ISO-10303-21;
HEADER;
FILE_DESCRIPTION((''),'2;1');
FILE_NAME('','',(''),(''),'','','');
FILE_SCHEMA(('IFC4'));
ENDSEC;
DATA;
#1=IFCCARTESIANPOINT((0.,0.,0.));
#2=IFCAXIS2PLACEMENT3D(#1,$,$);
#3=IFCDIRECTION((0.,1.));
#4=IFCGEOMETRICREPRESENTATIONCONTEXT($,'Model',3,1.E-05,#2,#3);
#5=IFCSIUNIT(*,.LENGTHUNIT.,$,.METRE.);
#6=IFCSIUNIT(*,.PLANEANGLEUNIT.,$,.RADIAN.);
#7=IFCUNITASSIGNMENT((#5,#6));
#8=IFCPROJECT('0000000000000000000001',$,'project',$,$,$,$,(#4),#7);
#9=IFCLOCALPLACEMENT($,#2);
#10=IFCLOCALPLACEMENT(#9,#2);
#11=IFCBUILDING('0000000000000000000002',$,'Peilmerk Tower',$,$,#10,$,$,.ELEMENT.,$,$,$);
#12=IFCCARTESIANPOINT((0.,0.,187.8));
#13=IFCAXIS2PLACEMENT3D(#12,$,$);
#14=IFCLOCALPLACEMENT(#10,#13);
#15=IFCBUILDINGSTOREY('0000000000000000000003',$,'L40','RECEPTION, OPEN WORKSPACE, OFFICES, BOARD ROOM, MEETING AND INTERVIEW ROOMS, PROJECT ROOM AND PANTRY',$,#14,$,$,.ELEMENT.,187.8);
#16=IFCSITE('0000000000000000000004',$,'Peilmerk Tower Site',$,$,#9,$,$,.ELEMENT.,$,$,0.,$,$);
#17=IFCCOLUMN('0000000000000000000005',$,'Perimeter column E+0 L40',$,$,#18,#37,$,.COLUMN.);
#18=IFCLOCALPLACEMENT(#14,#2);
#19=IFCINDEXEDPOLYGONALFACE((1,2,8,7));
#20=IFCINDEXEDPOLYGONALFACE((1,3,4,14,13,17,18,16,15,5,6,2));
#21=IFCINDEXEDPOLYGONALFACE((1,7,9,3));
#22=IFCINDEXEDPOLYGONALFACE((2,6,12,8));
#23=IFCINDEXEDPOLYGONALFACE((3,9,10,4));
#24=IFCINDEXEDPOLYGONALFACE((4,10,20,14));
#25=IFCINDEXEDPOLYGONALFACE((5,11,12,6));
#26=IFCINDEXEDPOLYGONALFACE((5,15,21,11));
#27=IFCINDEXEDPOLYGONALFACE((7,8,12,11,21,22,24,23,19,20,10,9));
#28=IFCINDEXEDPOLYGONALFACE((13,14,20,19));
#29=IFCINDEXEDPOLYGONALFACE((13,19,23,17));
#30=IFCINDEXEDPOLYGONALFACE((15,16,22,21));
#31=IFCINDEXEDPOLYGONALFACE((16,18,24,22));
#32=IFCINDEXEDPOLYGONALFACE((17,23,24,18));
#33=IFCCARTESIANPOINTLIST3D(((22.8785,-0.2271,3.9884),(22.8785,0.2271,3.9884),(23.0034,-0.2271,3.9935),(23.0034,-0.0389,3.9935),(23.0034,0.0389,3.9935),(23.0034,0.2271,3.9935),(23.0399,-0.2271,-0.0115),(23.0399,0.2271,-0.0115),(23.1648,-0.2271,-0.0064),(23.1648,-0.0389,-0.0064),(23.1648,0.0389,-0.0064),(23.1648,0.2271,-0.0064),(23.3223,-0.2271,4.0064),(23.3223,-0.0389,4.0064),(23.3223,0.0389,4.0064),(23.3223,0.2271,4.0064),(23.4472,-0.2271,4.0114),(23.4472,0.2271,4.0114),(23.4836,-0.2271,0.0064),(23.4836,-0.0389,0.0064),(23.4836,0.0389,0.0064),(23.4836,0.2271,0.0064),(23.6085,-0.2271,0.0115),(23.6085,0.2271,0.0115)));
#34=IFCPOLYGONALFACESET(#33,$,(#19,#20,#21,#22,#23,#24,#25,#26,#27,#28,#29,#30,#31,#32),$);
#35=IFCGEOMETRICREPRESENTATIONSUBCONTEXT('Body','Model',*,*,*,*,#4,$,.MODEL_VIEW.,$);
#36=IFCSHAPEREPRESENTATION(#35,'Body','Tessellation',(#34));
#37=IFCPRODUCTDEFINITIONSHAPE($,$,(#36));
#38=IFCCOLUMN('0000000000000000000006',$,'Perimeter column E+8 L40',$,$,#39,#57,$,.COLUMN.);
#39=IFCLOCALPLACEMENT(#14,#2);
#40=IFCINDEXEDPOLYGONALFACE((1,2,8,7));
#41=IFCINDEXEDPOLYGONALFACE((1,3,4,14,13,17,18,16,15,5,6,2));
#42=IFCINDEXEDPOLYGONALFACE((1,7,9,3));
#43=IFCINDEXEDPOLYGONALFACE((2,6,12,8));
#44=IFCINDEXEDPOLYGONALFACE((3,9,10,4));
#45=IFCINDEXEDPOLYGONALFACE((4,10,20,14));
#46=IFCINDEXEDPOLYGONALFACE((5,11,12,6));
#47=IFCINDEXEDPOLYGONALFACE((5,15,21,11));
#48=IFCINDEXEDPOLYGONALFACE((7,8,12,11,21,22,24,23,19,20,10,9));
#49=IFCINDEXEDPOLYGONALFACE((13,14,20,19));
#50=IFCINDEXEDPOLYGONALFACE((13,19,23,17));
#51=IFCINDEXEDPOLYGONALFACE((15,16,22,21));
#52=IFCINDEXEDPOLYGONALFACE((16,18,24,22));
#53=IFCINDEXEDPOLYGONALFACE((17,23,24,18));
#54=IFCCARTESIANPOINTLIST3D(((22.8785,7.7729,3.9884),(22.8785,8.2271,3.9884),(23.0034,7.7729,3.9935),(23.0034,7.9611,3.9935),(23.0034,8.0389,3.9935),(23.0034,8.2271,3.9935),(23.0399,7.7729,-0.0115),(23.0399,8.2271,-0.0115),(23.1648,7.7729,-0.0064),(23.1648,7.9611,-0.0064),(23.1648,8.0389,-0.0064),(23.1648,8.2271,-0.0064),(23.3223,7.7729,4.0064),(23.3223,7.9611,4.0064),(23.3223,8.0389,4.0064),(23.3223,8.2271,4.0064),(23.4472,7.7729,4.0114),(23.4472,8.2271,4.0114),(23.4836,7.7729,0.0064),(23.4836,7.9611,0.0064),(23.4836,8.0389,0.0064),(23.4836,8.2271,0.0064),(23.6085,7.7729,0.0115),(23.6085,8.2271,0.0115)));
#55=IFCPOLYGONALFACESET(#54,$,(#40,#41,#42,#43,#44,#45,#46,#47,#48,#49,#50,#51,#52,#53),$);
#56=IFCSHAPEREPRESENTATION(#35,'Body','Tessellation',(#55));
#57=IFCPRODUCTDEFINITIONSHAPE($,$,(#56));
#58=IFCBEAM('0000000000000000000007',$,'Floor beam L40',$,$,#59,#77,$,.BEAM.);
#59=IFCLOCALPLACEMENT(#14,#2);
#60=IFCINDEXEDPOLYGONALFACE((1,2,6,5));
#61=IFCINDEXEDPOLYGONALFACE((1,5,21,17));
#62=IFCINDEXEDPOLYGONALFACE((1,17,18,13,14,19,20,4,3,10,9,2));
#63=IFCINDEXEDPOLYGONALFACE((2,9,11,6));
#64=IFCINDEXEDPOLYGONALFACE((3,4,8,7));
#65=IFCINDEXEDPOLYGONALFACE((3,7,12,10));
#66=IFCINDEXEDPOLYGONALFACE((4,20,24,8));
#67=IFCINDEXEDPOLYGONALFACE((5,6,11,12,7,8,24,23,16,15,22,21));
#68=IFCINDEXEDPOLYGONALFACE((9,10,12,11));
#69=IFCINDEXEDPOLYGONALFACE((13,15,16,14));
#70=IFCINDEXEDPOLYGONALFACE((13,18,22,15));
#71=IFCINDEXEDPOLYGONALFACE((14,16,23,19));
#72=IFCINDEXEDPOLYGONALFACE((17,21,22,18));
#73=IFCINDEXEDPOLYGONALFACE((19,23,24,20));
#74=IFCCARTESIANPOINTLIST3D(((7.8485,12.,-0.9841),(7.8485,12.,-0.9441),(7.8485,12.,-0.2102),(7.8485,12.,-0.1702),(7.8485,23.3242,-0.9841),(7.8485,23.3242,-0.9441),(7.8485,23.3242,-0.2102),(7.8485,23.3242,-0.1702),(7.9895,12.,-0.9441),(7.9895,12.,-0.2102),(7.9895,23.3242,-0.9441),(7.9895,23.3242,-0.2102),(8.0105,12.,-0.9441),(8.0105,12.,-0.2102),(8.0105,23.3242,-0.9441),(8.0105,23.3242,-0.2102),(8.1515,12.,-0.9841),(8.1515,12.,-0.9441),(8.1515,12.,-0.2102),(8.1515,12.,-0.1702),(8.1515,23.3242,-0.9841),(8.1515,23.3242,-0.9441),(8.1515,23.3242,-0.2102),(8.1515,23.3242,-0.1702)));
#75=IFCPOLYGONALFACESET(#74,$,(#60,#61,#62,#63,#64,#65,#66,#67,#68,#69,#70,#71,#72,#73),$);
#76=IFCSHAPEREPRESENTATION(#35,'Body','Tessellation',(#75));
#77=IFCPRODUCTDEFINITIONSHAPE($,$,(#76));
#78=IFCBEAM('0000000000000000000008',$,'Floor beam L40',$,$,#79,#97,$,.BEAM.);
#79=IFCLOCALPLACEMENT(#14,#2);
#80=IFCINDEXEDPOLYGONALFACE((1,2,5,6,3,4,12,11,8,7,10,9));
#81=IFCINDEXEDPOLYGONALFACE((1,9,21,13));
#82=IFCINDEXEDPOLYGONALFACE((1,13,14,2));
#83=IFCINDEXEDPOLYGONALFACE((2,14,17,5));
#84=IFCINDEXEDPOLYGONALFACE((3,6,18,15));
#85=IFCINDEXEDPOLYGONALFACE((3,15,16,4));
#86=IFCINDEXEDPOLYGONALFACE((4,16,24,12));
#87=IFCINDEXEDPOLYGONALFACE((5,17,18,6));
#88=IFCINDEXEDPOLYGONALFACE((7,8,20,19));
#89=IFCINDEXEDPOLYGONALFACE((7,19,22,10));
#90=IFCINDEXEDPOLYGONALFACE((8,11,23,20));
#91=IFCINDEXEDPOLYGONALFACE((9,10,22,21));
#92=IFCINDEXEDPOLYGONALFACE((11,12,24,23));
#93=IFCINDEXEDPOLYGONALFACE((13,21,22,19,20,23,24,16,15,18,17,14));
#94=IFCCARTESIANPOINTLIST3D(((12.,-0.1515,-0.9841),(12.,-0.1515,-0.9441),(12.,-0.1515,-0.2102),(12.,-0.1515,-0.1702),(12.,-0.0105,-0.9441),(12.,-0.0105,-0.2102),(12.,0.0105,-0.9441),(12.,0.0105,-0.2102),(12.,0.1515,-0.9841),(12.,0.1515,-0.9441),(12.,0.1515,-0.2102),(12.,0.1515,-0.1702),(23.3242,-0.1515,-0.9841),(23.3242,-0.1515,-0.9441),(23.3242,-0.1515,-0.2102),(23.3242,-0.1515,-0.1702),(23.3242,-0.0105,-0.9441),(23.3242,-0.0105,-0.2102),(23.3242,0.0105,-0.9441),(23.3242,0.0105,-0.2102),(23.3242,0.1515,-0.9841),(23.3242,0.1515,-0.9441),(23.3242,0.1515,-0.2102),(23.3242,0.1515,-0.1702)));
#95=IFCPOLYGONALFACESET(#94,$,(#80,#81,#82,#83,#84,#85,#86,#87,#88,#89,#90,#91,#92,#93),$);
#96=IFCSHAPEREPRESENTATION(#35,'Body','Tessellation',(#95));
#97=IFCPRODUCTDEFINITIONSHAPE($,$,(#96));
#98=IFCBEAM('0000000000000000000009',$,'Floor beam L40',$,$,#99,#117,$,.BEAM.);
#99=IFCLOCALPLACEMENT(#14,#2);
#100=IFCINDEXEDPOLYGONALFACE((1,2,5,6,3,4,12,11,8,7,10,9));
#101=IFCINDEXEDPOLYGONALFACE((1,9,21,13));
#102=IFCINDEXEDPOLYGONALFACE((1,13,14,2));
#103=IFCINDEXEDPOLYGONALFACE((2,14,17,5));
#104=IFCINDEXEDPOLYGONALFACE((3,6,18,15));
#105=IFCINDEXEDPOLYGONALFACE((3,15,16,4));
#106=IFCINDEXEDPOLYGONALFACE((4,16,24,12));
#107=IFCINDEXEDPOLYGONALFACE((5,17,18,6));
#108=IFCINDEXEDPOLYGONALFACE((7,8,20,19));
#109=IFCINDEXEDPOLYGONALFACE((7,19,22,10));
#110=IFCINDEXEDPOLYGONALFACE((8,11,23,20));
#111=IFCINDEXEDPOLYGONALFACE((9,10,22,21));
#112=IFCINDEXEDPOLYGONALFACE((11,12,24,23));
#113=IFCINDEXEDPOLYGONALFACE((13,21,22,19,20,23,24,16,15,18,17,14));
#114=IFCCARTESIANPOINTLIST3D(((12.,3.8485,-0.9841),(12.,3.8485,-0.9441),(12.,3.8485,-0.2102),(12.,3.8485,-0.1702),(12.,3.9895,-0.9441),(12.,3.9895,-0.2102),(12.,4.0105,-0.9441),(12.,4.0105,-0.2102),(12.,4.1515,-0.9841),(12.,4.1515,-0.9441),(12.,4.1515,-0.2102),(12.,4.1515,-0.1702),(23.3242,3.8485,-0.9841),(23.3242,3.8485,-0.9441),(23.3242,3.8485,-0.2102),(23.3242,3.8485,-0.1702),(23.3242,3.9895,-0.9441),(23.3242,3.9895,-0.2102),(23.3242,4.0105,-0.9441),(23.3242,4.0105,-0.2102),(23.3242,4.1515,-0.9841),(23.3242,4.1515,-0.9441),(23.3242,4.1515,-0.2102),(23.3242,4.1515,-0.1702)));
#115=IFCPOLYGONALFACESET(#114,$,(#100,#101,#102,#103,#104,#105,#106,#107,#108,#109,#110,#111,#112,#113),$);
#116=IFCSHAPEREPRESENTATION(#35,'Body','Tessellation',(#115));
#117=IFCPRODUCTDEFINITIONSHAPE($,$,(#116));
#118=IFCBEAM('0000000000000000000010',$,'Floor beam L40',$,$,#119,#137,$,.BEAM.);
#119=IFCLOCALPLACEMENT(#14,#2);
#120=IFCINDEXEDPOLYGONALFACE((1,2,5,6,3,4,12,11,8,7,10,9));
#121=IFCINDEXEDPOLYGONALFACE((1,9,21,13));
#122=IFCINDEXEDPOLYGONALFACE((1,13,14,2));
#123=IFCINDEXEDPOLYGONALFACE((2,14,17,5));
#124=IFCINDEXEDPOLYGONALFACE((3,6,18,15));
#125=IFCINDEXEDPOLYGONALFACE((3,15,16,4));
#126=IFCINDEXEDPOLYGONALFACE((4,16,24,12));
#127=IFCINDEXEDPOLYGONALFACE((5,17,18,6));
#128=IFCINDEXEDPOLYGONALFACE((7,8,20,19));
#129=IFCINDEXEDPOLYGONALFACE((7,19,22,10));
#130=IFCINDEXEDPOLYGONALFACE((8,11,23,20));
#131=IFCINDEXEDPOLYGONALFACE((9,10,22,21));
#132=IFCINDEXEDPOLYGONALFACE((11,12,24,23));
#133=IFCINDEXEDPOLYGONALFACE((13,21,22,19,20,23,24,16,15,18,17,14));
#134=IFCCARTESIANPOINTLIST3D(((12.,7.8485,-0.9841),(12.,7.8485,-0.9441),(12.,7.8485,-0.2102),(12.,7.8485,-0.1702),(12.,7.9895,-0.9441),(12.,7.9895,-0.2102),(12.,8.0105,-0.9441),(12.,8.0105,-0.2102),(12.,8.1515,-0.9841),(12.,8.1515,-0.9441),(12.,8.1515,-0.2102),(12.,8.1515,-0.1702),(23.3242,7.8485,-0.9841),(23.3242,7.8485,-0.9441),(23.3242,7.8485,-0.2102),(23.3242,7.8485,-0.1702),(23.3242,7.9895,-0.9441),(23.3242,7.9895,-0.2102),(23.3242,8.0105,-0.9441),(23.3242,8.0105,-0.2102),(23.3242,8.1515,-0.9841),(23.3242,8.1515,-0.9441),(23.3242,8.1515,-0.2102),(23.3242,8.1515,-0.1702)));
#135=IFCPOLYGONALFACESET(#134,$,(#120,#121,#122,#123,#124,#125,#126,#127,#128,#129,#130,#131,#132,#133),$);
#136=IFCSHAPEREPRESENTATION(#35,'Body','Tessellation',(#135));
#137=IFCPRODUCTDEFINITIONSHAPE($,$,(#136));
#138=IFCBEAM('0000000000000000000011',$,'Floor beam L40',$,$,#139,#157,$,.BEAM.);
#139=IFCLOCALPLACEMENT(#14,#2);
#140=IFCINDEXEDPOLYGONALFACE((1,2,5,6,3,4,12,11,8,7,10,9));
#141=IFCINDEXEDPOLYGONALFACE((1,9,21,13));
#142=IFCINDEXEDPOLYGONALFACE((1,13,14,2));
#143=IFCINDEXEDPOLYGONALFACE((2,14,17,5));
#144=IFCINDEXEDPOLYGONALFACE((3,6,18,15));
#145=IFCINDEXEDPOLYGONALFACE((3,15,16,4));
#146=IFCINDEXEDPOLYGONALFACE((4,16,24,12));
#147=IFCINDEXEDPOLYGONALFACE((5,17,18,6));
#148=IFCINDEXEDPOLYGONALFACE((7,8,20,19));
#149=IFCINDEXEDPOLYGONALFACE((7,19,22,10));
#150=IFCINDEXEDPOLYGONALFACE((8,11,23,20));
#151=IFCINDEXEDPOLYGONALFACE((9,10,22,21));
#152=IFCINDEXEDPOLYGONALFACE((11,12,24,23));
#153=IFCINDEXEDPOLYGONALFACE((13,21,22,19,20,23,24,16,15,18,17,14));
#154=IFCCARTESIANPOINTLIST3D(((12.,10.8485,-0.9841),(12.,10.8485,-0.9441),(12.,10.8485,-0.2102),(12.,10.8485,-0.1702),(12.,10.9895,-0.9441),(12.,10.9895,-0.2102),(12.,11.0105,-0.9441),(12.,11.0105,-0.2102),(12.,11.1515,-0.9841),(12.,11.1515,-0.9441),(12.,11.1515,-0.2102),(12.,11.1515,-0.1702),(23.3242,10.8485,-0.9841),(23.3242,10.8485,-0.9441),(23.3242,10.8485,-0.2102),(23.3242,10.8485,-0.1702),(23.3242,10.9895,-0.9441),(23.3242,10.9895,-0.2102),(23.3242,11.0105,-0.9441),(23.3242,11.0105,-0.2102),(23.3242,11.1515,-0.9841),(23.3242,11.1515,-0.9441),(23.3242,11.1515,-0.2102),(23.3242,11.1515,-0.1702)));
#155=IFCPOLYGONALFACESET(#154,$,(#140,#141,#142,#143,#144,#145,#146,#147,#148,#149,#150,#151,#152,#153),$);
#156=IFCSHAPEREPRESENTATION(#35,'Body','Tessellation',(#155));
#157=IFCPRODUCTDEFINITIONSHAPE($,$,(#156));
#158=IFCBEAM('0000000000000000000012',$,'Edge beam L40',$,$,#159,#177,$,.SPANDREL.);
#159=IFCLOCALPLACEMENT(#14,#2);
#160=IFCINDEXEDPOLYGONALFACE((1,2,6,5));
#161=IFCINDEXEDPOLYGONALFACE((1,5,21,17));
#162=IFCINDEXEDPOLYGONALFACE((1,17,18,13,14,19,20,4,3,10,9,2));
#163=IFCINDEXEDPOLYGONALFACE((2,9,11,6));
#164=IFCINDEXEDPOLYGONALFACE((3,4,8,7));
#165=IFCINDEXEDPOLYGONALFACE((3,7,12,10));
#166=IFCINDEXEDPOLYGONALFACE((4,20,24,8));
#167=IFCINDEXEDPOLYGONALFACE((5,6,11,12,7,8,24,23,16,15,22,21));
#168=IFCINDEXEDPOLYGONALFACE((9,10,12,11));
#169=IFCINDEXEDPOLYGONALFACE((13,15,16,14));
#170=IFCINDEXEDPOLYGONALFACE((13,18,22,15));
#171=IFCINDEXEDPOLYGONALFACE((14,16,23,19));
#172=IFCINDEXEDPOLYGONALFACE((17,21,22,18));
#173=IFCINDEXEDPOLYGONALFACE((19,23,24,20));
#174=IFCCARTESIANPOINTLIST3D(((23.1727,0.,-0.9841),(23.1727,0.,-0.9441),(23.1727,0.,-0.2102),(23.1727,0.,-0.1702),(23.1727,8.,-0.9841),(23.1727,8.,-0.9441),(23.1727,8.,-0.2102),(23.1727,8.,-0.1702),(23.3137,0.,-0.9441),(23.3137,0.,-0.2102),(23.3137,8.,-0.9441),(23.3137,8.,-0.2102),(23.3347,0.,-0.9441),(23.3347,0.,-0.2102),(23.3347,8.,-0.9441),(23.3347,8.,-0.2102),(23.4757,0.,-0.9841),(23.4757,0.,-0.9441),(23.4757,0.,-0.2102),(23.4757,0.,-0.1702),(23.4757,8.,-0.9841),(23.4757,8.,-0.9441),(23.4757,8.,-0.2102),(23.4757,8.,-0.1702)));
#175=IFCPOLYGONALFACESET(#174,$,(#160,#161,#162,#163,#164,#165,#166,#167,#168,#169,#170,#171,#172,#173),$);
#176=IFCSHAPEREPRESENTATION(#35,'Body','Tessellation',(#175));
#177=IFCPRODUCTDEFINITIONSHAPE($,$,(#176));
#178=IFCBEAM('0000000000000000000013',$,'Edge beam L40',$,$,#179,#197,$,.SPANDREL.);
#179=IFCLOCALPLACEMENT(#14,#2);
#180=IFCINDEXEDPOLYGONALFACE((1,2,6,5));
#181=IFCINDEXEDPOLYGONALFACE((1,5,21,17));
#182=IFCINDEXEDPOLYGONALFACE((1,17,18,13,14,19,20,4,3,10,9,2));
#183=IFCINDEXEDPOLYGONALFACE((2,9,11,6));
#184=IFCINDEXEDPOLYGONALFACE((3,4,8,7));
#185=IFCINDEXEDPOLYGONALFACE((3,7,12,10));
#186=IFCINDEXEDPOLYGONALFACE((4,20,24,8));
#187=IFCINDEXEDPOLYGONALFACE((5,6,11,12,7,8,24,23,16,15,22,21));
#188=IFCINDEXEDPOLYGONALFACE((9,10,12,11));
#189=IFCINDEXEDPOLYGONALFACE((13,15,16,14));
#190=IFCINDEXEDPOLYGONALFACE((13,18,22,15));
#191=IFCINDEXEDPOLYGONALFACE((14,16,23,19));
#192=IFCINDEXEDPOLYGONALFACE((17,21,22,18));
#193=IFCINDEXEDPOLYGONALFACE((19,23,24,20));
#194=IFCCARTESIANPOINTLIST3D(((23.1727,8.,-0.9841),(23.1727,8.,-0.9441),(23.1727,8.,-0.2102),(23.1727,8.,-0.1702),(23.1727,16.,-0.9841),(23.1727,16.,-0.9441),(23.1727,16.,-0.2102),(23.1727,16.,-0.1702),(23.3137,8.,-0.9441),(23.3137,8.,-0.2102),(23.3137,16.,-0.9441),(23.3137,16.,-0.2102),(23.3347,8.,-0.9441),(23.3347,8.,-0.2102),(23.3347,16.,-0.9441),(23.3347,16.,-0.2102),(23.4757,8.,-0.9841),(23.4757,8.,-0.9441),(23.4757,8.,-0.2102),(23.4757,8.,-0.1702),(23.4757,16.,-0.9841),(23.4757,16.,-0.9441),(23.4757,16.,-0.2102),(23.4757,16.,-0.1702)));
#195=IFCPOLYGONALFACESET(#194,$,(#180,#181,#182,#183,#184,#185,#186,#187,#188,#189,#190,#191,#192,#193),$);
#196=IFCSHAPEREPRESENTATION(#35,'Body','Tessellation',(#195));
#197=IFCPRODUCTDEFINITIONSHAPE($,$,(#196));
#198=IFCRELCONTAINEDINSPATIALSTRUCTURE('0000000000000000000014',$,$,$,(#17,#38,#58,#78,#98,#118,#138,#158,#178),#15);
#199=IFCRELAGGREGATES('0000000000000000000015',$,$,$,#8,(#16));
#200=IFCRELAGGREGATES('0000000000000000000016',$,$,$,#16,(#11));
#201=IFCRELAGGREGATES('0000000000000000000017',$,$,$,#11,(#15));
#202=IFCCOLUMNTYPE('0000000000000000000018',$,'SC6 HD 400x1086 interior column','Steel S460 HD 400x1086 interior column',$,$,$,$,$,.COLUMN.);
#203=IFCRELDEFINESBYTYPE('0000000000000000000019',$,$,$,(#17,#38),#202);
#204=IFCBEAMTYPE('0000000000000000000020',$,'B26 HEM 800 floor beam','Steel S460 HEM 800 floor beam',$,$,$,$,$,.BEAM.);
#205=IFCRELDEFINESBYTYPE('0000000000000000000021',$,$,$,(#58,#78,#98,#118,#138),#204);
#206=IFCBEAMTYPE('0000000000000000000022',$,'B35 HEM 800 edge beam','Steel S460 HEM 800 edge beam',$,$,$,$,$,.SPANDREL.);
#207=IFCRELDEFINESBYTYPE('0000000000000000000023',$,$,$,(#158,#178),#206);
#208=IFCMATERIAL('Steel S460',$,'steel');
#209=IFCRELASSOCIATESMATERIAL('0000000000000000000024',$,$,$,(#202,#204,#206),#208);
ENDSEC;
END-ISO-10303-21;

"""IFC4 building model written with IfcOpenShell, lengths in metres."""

from ifc_helpers import new_model, si_unit, direction, frame, origin, origin_2d, place, context, subcontext, project, spatial, i_section, extrude, material, material_profile, profile_set, type_object, element, save


model = new_model("IFC4")

# Units and contexts
model_context = context("Model", 3, precision=1e-05, world=origin(), true_north=direction((0.0, 1.0)))
body_context = subcontext(model_context, "Body", "Model", "MODEL_VIEW")
ifc_project = project(units=[si_unit("LENGTHUNIT", "METRE"), si_unit("PLANEANGLEUNIT", "RADIAN")], contexts=[model_context])

# Site, building, storey
site_placement = place(None, origin())
site = spatial("IfcSite", under=ifc_project, at=site_placement, Name="Peilmerk Tower Site", CompositionType="ELEMENT", RefElevation=0.0)
building_placement = place(site_placement, origin())
building = spatial("IfcBuilding", under=site, at=building_placement, Name="Peilmerk Tower", CompositionType="ELEMENT")
storey_placement = place(building_placement, frame((0.0, 0.0, 187.8)))
storey = spatial("IfcBuildingStorey", under=building, at=storey_placement, Name="L40", Description="RECEPTION, OPEN WORKSPACE, OFFICES, BOARD ROOM, MEETING AND INTERVIEW ROOMS, PROJECT ROOM AND PANTRY", CompositionType="ELEMENT", Elevation=187.8)

# Columns
ifc_material_1 = material(Name="Steel S460", Category="steel")
ifc_material_profile_1 = material_profile(ifc_material_1, i_section(OverallWidth=0.4541, OverallDepth=0.5691, WebThickness=0.0779, FlangeThickness=0.125, at=origin_2d()), Name="HD 400x1086")
ifc_profile_set_1 = profile_set([ifc_material_profile_1], Name="Steel S460")
column_type = type_object("IfcColumnType", Name="SC6 HD 400x1086 interior column", Description="Steel S460 HD 400x1086 interior column", PredefinedType="COLUMN", material=ifc_profile_set_1)
for number, where, z_axis, x_axis, name in (
    (1, (23.3242, 0.0, 0.0), (-0.040311, 0.0, 0.999187), (0.0, -1.0, 0.0), "Perimeter column E+0 L40"),
    (2, (23.3242, 8.0, 0.0), (-0.040311, 0.0, 0.999187), (0.0, -1.0, 0.0), "Perimeter column E+8 L40"),
):
    element("IfcColumn", number, at=place(storey_placement, frame(where, z_axis=z_axis, x_axis=x_axis)), inside=storey, type_object=column_type, Name=name, PredefinedType="COLUMN", context=body_context, shape_type="SweptSolid", body=[
        extrude(i_section(OverallWidth=0.4541, OverallDepth=0.5691, WebThickness=0.0779, FlangeThickness=0.125, at=origin_2d()), origin(), (0.0, 0.0, 1.0), 4.0032),
    ])

# Beams
ifc_material_profile_2 = material_profile(ifc_material_1, i_section(OverallWidth=0.303, OverallDepth=0.814, WebThickness=0.021, FlangeThickness=0.04, at=origin_2d()), Name="HEM 800")
ifc_profile_set_2 = profile_set([ifc_material_profile_2], Name="Steel S460")
beam_type_1 = type_object("IfcBeamType", Name="B26 HEM 800 floor beam", Description="Steel S460 HEM 800 floor beam", PredefinedType="BEAM", material=ifc_profile_set_2)
for number, where, z_axis, x_axis, name in (
    (3, (8.0, 12.0, -0.5771), (0.0, 1.0, 0.0), (-1.0, 0.0, 0.0), "Floor beam L40"),
    (4, (12.0, 0.0, -0.5771), (1.0, 0.0, 0.0), (0.0, 1.0, 0.0), "Floor beam L40"),
    (5, (12.0, 4.0, -0.5771), (1.0, 0.0, 0.0), (0.0, 1.0, 0.0), "Floor beam L40"),
    (6, (12.0, 8.0, -0.5771), (1.0, 0.0, 0.0), (0.0, 1.0, 0.0), "Floor beam L40"),
    (7, (12.0, 11.0, -0.5771), (1.0, 0.0, 0.0), (0.0, 1.0, 0.0), "Floor beam L40"),
):
    element("IfcBeam", number, at=place(storey_placement, frame(where, z_axis=z_axis, x_axis=x_axis)), inside=storey, type_object=beam_type_1, Name=name, PredefinedType="BEAM", context=body_context, shape_type="SweptSolid", body=[
        extrude(i_section(OverallWidth=0.303, OverallDepth=0.814, WebThickness=0.021, FlangeThickness=0.04, at=origin_2d()), origin(), (0.0, 0.0, 1.0), 11.3242),
    ])
ifc_material_profile_3 = material_profile(ifc_material_1, i_section(OverallWidth=0.303, OverallDepth=0.814, WebThickness=0.021, FlangeThickness=0.04, at=origin_2d()), Name="HEM 800")
ifc_profile_set_3 = profile_set([ifc_material_profile_3], Name="Steel S460")
beam_type_2 = type_object("IfcBeamType", Name="B35 HEM 800 edge beam", Description="Steel S460 HEM 800 edge beam", PredefinedType="SPANDREL", material=ifc_profile_set_3)
for number, where, z_axis, x_axis, name in (
    (8, (23.3242, 0.0, -0.5771), (0.0, 1.0, 0.0), (-1.0, 0.0, 0.0), "Edge beam L40"),
    (9, (23.3242, 8.0, -0.5771), (0.0, 1.0, 0.0), (-1.0, 0.0, 0.0), "Edge beam L40"),
):
    element("IfcBeam", number, at=place(storey_placement, frame(where, z_axis=z_axis, x_axis=x_axis)), inside=storey, type_object=beam_type_2, Name=name, PredefinedType="SPANDREL", context=body_context, shape_type="SweptSolid", body=[
        extrude(i_section(OverallWidth=0.303, OverallDepth=0.814, WebThickness=0.021, FlangeThickness=0.04, at=origin_2d()), origin(), (0.0, 0.0, 1.0), 8.0),
    ])

save(model, "model.ifc")
